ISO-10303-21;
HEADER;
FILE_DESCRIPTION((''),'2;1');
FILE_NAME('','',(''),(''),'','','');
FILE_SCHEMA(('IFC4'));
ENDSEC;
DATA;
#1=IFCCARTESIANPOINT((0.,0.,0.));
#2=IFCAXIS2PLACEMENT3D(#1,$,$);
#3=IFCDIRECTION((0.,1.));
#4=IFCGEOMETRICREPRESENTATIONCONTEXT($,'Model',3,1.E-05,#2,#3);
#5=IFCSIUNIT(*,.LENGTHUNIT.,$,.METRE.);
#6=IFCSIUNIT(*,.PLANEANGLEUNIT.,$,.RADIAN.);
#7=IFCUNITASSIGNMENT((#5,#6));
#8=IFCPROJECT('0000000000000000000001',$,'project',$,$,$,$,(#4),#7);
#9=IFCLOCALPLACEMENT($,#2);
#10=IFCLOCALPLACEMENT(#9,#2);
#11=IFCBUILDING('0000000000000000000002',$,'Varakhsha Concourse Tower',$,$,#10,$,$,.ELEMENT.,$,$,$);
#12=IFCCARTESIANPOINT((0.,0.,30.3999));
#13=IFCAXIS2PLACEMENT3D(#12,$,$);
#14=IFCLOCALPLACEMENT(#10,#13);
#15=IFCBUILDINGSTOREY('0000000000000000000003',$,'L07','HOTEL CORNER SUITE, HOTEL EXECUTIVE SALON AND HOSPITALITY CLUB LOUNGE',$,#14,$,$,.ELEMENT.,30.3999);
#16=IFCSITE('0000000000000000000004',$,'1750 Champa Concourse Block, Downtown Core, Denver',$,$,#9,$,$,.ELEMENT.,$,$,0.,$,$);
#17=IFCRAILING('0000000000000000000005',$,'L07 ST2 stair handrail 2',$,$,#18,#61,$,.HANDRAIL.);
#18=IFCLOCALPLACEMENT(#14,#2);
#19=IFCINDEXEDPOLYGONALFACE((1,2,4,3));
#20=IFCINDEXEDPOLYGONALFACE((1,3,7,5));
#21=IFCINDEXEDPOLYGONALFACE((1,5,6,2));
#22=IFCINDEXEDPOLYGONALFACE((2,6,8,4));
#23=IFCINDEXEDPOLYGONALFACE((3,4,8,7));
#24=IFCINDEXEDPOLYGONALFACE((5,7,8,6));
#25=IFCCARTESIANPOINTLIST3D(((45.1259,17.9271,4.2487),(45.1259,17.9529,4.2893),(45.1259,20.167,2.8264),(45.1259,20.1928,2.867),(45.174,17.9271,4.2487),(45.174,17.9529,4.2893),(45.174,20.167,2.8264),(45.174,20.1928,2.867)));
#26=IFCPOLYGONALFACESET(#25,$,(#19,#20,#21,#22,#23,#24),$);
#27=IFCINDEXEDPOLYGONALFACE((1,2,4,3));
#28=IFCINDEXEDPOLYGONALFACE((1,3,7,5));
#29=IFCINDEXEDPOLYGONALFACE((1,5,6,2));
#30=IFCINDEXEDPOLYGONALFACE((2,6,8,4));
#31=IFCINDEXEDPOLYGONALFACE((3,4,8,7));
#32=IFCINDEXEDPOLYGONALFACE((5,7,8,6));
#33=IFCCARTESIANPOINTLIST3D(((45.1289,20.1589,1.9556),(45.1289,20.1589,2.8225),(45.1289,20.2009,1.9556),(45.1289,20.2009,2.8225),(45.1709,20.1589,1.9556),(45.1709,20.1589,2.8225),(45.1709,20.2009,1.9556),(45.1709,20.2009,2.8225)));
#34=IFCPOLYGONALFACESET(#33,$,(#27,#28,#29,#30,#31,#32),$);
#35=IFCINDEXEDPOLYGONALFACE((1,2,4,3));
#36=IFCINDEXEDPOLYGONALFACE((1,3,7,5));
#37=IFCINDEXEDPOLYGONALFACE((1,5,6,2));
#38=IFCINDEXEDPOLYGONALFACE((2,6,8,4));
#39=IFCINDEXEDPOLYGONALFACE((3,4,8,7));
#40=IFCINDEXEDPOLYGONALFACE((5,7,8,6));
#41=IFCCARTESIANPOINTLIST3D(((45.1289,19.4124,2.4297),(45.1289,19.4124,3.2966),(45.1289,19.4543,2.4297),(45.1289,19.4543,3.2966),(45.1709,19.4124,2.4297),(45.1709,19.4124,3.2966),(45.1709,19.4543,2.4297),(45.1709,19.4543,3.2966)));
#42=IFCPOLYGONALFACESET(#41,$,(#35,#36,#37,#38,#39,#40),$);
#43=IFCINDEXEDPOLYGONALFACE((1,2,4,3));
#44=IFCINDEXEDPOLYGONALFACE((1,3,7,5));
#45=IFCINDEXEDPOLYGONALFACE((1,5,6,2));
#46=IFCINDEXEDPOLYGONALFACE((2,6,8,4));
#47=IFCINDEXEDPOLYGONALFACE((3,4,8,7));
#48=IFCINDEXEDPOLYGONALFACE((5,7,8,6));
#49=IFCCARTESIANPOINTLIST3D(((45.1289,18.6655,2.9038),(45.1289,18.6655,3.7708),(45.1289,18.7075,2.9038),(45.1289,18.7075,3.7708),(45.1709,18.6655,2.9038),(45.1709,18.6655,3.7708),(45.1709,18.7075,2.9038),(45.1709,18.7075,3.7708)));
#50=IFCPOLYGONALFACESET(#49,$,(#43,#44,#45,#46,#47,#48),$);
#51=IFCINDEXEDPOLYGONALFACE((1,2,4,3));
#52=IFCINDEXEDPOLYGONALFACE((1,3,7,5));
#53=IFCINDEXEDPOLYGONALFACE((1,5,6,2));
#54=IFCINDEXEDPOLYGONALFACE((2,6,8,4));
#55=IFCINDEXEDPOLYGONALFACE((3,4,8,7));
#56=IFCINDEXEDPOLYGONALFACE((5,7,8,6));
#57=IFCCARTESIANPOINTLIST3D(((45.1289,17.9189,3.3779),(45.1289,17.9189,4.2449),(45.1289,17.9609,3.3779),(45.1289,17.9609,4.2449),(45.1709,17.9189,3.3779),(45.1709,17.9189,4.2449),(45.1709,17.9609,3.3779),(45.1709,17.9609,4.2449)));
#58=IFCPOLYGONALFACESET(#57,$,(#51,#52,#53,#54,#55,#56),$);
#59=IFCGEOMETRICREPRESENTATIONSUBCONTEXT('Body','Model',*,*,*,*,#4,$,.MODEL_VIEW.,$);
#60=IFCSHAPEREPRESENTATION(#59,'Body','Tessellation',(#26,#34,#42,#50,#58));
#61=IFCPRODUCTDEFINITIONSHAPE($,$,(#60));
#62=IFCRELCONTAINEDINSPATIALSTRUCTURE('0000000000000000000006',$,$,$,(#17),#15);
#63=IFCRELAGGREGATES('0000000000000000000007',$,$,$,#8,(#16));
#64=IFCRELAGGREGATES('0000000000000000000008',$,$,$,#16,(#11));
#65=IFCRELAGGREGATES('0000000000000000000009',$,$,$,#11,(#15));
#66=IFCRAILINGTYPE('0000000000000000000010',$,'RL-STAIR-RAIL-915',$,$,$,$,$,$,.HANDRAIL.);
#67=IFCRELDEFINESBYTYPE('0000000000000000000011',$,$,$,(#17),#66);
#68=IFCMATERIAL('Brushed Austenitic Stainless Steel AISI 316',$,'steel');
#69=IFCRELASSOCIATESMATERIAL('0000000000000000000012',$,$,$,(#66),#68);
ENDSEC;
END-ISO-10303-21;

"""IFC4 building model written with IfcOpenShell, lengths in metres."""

from ifc_helpers import new_model, si_unit, direction, frame, origin, origin_2d, place, context, subcontext, project, spatial, rectangle, extrude, material, type_object, element, save


model = new_model("IFC4")

# Units and contexts
model_context = context("Model", 3, precision=1e-05, world=origin(), true_north=direction((0.0, 1.0)))
body_context = subcontext(model_context, "Body", "Model", "MODEL_VIEW")
ifc_project = project(units=[si_unit("LENGTHUNIT", "METRE"), si_unit("PLANEANGLEUNIT", "RADIAN")], contexts=[model_context])

# Site, building, storey
site_placement = place(None, origin())
site = spatial("IfcSite", under=ifc_project, at=site_placement, Name="1750 Champa Concourse Block, Downtown Core, Denver", CompositionType="ELEMENT", RefElevation=0.0)
building_placement = place(site_placement, origin())
building = spatial("IfcBuilding", under=site, at=building_placement, Name="Varakhsha Concourse Tower", CompositionType="ELEMENT")
storey_placement = place(building_placement, frame((0.0, 0.0, 30.3999)))
storey = spatial("IfcBuildingStorey", under=building, at=storey_placement, Name="L07", Description="HOTEL CORNER SUITE, HOTEL EXECUTIVE SALON AND HOSPITALITY CLUB LOUNGE", CompositionType="ELEMENT", Elevation=30.3999)

# Railing
ifc_material_1 = material(Name="Brushed Austenitic Stainless Steel AISI 316", Category="steel")
railing_type_1 = type_object("IfcRailingType", Name="RL-STAIR-RAIL-915", PredefinedType="HANDRAIL", material=ifc_material_1)
railing_1_placement = place(storey_placement, frame((45.1499, 20.1799, 1.9556)))
element("IfcRailing", 1, at=railing_1_placement, inside=storey, type_object=railing_type_1, Name="L07 ST2 stair handrail 2", PredefinedType="HANDRAIL", context=body_context, shape_type="SweptSolid", body=[
    extrude(rectangle(XDim=0.0481, YDim=0.0481, at=origin_2d()), frame((0.0, 0.0, 0.8911), z_axis=(0.0, -0.844188, 0.536048), x_axis=(1.0, 0.0, 0.0)), (0.0, 0.0, 1.0), 2.6533),
    extrude(rectangle(XDim=0.042, YDim=0.042, at=origin_2d()), origin(), (0.0, 0.0, 1.0), 0.8669),
    extrude(rectangle(XDim=0.042, YDim=0.042, at=origin_2d()), frame((0.0, -0.7466, 0.4741)), (0.0, 0.0, 1.0), 0.8669),
    extrude(rectangle(XDim=0.042, YDim=0.042, at=origin_2d()), frame((0.0, -1.4934, 0.9482)), (0.0, 0.0, 1.0), 0.8669),
    extrude(rectangle(XDim=0.042, YDim=0.042, at=origin_2d()), frame((0.0, -2.24, 1.4224)), (0.0, 0.0, 1.0), 0.8669),
])

save(model, "model.ifc")
